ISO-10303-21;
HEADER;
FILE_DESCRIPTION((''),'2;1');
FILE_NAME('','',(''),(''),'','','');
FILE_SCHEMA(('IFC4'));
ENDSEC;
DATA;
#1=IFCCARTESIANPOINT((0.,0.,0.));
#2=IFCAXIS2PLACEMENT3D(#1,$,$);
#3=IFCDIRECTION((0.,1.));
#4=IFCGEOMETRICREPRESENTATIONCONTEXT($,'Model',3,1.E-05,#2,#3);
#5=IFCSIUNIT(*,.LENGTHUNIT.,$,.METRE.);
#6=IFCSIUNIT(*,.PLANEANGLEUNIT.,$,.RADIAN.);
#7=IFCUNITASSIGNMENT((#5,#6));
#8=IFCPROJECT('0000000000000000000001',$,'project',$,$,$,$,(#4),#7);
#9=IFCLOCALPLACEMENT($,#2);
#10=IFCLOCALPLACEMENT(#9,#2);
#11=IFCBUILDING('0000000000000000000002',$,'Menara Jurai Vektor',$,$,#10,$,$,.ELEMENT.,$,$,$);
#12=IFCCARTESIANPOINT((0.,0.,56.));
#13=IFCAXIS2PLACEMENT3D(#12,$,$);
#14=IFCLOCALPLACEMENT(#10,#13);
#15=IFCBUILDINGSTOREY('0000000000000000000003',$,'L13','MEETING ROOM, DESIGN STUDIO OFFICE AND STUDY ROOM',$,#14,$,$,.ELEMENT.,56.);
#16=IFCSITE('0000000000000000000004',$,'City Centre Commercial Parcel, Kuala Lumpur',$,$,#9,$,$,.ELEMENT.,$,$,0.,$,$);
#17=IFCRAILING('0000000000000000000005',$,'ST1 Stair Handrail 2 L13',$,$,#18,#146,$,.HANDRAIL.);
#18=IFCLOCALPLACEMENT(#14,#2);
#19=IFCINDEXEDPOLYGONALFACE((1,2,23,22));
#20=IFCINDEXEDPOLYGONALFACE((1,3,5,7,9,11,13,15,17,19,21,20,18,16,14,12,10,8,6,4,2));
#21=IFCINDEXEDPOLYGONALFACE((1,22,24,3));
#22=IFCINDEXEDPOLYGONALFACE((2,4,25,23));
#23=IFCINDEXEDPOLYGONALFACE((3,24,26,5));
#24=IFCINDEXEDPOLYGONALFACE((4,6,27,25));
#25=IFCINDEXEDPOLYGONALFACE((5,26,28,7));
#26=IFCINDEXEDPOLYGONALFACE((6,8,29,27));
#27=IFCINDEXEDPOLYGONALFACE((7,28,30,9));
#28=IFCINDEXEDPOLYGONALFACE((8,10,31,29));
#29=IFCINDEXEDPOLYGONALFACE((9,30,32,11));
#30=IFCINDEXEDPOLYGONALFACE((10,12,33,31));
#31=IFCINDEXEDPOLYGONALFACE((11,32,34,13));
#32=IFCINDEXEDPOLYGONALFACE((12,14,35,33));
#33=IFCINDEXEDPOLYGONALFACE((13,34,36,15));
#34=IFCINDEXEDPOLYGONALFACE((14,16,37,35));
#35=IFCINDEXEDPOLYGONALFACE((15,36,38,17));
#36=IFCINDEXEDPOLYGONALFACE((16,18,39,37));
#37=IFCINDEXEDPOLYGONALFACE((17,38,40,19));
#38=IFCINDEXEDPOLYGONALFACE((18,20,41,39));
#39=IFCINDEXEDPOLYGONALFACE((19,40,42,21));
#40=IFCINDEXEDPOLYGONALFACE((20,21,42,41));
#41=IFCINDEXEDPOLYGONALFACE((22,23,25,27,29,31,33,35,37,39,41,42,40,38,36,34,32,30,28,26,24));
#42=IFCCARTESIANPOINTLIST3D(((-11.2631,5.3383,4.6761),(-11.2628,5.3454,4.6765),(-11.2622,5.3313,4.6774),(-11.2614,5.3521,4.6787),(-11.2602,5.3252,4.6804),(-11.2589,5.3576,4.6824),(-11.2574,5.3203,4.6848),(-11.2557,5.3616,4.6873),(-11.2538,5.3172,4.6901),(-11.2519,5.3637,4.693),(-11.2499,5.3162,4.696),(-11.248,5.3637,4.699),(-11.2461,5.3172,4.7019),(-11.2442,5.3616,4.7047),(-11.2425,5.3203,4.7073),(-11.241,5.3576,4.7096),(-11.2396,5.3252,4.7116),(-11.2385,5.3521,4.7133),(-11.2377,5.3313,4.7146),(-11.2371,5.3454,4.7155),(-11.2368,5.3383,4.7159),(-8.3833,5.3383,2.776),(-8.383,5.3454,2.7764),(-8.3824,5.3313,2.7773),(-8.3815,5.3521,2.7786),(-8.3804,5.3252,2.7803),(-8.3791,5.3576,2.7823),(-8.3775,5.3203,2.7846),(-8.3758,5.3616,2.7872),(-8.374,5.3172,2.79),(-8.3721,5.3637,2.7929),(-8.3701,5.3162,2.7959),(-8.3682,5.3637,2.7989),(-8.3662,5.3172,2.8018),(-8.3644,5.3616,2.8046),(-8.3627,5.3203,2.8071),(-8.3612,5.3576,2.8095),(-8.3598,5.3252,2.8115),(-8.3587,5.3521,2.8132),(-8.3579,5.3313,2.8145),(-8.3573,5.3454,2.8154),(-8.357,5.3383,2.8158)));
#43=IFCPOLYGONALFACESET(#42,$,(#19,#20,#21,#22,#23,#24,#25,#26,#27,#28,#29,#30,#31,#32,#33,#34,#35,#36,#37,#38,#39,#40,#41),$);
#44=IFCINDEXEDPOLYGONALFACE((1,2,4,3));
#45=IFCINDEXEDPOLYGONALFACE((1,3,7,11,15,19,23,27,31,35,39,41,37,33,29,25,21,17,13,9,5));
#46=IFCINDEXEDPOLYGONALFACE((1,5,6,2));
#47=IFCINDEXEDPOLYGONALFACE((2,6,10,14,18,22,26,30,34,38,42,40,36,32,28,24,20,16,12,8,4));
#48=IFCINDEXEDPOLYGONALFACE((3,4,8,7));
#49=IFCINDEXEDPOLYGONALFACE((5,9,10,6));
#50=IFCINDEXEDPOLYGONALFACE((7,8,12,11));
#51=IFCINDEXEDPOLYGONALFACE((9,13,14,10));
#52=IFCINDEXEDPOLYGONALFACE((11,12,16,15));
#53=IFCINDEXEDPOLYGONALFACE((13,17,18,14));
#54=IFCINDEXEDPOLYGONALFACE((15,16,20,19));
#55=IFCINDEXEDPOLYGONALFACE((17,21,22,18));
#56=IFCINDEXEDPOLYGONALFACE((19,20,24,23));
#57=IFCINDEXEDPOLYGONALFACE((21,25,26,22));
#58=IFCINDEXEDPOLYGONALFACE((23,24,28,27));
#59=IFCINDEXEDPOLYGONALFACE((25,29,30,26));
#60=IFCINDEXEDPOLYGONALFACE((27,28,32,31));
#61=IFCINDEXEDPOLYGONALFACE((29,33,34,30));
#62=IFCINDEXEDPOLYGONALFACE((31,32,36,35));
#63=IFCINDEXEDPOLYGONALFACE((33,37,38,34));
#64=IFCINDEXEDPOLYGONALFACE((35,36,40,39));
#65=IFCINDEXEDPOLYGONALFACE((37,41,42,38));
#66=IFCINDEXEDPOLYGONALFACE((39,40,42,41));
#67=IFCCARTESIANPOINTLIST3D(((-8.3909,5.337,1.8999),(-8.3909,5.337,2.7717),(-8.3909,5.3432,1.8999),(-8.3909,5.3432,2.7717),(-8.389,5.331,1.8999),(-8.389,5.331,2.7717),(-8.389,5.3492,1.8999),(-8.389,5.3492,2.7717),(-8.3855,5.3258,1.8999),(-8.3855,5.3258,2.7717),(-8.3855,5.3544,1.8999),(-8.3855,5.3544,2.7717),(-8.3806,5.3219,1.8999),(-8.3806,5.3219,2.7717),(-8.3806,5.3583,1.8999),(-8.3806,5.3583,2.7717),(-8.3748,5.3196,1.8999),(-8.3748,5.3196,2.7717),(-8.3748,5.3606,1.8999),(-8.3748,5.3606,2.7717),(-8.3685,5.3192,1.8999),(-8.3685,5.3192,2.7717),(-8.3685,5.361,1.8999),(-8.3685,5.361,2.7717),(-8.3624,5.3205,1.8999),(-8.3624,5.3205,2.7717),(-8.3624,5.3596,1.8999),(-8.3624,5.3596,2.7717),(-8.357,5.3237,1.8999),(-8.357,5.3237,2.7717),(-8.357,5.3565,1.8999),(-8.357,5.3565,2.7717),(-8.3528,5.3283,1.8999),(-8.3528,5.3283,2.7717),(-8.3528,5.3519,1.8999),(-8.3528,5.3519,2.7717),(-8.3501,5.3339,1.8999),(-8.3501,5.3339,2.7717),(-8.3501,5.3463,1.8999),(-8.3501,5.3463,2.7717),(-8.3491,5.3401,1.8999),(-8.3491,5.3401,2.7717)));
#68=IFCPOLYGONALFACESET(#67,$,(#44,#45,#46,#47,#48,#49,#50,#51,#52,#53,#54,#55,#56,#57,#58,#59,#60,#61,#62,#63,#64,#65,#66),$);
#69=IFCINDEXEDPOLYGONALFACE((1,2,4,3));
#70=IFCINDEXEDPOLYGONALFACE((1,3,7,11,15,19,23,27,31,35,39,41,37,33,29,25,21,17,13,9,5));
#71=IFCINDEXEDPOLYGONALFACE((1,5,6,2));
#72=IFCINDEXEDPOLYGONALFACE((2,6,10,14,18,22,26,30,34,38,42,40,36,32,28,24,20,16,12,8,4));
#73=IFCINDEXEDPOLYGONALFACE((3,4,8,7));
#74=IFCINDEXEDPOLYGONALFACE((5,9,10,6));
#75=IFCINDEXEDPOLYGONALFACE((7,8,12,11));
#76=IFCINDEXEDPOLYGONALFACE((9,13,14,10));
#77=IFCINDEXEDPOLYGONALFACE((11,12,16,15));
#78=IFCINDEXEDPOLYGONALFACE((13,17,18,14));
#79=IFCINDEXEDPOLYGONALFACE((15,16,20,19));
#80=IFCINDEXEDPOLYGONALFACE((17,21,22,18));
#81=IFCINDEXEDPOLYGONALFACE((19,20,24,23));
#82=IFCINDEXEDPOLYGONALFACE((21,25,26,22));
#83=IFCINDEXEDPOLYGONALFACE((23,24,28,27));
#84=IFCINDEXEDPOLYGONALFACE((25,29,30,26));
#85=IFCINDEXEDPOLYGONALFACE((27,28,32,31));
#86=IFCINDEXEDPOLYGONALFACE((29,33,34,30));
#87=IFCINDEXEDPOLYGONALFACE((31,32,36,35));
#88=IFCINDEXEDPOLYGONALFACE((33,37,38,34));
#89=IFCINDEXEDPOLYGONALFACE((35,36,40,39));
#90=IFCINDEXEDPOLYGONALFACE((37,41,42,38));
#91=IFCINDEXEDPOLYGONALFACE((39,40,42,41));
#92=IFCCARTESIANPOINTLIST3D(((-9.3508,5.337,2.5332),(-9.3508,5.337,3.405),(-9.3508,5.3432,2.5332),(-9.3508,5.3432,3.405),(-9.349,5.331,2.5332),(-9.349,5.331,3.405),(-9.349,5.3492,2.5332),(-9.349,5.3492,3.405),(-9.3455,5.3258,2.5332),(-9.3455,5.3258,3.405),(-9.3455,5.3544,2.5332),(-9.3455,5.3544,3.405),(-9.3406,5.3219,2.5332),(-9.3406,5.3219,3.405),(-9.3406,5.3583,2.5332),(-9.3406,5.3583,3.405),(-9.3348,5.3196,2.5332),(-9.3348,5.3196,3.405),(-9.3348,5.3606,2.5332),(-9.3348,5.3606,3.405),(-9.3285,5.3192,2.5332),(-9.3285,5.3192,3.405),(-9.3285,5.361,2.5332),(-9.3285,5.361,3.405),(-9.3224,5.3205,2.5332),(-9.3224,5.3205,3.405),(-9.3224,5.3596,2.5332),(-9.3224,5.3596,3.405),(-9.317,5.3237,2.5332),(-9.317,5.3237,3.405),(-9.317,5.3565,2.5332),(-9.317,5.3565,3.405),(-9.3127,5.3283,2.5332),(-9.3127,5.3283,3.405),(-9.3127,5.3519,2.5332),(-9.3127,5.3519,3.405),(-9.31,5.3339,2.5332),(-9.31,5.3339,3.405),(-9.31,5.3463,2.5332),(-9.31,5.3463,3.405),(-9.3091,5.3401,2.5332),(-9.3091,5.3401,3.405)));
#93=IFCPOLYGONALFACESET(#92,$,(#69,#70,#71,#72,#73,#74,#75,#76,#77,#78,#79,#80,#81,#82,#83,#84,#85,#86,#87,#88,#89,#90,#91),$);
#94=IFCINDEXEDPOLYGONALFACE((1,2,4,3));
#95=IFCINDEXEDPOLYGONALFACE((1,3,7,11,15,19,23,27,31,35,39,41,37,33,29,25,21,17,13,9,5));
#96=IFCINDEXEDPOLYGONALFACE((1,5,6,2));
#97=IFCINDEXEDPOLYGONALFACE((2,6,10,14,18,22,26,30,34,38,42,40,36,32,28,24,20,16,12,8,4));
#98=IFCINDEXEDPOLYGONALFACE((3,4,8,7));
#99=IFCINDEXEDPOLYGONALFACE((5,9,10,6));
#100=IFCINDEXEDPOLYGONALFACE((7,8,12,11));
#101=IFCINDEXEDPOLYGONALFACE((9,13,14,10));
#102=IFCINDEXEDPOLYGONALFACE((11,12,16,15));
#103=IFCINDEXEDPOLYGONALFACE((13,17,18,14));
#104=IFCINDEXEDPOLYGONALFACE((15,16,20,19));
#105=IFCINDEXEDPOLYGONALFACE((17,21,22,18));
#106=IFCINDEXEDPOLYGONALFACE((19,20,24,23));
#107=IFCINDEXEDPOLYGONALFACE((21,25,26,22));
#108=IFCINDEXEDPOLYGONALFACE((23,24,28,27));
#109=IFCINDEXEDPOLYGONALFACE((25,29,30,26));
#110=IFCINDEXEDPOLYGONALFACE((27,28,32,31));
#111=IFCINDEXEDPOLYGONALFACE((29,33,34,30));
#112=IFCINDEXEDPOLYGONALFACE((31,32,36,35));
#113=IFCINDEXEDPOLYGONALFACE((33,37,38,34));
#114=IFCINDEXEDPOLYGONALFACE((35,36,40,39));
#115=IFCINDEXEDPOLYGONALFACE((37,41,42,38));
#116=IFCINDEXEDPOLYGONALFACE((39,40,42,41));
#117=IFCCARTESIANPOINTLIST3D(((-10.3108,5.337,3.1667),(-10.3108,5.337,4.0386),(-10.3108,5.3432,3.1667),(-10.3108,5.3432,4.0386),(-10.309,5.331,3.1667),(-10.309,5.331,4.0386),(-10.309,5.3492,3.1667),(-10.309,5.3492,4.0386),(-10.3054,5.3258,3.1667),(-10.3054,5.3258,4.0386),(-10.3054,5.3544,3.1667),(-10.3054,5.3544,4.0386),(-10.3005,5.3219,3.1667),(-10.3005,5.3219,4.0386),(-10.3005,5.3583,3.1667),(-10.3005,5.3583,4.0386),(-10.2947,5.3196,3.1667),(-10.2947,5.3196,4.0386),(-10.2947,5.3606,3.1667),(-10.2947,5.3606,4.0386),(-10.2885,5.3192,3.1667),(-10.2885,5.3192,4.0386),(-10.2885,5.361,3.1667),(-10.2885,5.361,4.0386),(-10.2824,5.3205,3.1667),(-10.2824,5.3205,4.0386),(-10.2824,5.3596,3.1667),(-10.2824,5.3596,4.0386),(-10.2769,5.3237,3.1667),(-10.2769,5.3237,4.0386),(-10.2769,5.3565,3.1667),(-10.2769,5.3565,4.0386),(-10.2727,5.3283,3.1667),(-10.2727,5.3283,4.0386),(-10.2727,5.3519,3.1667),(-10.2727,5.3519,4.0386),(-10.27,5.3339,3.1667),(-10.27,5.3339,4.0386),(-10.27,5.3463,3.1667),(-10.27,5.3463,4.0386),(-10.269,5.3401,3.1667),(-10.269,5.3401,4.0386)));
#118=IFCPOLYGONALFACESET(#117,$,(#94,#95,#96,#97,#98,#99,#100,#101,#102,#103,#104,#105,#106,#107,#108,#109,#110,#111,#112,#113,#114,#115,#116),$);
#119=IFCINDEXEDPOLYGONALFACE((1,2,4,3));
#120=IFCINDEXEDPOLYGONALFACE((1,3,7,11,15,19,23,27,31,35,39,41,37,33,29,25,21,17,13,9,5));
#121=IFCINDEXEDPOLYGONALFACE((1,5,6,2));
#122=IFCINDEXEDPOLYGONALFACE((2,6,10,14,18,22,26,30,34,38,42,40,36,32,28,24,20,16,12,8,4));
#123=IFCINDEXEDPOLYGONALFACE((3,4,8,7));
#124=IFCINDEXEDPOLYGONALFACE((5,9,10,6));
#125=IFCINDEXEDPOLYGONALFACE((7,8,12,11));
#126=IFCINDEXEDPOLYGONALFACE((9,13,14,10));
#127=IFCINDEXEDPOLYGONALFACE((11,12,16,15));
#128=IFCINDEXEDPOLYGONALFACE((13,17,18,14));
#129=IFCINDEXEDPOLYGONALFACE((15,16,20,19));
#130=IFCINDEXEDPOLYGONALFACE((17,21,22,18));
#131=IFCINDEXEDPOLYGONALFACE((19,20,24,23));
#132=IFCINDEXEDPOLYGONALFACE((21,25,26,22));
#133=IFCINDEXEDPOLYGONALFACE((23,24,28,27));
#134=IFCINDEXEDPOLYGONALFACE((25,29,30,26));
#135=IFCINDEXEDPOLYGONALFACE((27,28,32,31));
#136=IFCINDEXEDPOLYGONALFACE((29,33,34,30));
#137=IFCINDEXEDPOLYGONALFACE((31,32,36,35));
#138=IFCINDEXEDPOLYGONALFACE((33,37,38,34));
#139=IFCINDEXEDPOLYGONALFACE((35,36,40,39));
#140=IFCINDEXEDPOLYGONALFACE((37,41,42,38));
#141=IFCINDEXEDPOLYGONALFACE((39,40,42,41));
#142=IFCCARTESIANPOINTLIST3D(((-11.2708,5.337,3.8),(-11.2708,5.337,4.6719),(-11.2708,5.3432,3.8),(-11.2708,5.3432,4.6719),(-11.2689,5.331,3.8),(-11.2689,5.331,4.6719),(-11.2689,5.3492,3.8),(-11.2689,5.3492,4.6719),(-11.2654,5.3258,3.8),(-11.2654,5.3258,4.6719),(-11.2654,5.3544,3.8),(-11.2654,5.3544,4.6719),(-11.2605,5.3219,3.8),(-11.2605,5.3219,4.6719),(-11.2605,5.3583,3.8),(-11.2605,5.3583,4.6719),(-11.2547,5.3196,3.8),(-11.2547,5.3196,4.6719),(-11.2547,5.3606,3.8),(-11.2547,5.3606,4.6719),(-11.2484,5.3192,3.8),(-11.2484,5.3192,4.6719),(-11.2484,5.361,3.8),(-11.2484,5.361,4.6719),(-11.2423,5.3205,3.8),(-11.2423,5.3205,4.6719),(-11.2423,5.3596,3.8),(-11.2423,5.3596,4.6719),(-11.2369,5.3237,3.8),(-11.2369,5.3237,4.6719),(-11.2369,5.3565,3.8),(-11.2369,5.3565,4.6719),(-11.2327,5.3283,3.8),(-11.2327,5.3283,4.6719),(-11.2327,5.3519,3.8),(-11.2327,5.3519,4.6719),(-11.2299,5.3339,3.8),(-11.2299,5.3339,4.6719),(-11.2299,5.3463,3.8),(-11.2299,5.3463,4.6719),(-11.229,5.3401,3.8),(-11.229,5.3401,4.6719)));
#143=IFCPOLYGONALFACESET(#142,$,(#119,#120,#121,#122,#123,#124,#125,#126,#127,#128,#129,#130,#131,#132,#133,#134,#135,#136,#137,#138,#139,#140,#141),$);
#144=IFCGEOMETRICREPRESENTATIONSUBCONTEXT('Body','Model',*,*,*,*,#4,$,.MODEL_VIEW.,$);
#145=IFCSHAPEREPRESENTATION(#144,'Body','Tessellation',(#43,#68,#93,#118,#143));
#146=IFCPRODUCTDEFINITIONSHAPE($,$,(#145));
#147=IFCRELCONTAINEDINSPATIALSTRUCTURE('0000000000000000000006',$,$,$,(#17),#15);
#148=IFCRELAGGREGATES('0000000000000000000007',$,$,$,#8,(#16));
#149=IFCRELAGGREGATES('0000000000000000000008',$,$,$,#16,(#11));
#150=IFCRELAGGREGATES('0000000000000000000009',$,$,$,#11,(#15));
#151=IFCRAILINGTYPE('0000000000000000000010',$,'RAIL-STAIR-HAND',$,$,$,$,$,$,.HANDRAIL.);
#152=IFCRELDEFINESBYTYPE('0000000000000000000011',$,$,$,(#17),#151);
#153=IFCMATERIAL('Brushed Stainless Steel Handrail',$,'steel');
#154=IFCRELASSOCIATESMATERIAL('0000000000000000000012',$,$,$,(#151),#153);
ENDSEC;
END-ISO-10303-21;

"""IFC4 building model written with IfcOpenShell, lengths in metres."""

from ifc_helpers import new_model, si_unit, direction, frame, origin, origin_2d, place, context, subcontext, project, spatial, circle, extrude, material, type_object, element, save


model = new_model("IFC4")

# Units and contexts
model_context = context("Model", 3, precision=1e-05, world=origin(), true_north=direction((0.0, 1.0)))
body_context = subcontext(model_context, "Body", "Model", "MODEL_VIEW")
ifc_project = project(units=[si_unit("LENGTHUNIT", "METRE"), si_unit("PLANEANGLEUNIT", "RADIAN")], contexts=[model_context])

# Site, building, storey
site_placement = place(None, origin())
site = spatial("IfcSite", under=ifc_project, at=site_placement, Name="City Centre Commercial Parcel, Kuala Lumpur", CompositionType="ELEMENT", RefElevation=0.0)
building_placement = place(site_placement, origin())
building = spatial("IfcBuilding", under=site, at=building_placement, Name="Menara Jurai Vektor", CompositionType="ELEMENT")
storey_placement = place(building_placement, frame((0.0, 0.0, 56.0)))
storey = spatial("IfcBuildingStorey", under=building, at=storey_placement, Name="L13", Description="MEETING ROOM, DESIGN STUDIO OFFICE AND STUDY ROOM", CompositionType="ELEMENT", Elevation=56.0)

# Railing
ifc_material_1 = material(Name="Brushed Stainless Steel Handrail", Category="steel")
railing_type_1 = type_object("IfcRailingType", Name="RAIL-STAIR-HAND", PredefinedType="HANDRAIL", material=ifc_material_1)
railing_1_placement = place(storey_placement, frame((-8.3701, 5.3401, 1.8999)))
element("IfcRailing", 1, at=railing_1_placement, inside=storey, type_object=railing_type_1, Name="ST1 Stair Handrail 2 L13", PredefinedType="HANDRAIL", context=body_context, shape_type="SweptSolid", body=[
    extrude(circle(Radius=0.0239, at=origin_2d()), frame((0.0, 0.0, 0.896), z_axis=(-0.834686, 0.0, 0.550726), x_axis=(0.0, -1.0, 0.0)), (0.0, 0.0, 1.0), 3.4502),
    extrude(circle(Radius=0.021, at=origin_2d()), origin(), (0.0, 0.0, 1.0), 0.8718),
    extrude(circle(Radius=0.021, at=origin_2d()), frame((-0.96, 0.0, 0.6333)), (0.0, 0.0, 1.0), 0.8718),
    extrude(circle(Radius=0.021, at=origin_2d()), frame((-1.9199, 0.0, 1.2668)), (0.0, 0.0, 1.0), 0.8718),
    extrude(circle(Radius=0.021, at=origin_2d()), frame((-2.8799, 0.0, 1.9001)), (0.0, 0.0, 1.0), 0.8718),
])

save(model, "model.ifc")
